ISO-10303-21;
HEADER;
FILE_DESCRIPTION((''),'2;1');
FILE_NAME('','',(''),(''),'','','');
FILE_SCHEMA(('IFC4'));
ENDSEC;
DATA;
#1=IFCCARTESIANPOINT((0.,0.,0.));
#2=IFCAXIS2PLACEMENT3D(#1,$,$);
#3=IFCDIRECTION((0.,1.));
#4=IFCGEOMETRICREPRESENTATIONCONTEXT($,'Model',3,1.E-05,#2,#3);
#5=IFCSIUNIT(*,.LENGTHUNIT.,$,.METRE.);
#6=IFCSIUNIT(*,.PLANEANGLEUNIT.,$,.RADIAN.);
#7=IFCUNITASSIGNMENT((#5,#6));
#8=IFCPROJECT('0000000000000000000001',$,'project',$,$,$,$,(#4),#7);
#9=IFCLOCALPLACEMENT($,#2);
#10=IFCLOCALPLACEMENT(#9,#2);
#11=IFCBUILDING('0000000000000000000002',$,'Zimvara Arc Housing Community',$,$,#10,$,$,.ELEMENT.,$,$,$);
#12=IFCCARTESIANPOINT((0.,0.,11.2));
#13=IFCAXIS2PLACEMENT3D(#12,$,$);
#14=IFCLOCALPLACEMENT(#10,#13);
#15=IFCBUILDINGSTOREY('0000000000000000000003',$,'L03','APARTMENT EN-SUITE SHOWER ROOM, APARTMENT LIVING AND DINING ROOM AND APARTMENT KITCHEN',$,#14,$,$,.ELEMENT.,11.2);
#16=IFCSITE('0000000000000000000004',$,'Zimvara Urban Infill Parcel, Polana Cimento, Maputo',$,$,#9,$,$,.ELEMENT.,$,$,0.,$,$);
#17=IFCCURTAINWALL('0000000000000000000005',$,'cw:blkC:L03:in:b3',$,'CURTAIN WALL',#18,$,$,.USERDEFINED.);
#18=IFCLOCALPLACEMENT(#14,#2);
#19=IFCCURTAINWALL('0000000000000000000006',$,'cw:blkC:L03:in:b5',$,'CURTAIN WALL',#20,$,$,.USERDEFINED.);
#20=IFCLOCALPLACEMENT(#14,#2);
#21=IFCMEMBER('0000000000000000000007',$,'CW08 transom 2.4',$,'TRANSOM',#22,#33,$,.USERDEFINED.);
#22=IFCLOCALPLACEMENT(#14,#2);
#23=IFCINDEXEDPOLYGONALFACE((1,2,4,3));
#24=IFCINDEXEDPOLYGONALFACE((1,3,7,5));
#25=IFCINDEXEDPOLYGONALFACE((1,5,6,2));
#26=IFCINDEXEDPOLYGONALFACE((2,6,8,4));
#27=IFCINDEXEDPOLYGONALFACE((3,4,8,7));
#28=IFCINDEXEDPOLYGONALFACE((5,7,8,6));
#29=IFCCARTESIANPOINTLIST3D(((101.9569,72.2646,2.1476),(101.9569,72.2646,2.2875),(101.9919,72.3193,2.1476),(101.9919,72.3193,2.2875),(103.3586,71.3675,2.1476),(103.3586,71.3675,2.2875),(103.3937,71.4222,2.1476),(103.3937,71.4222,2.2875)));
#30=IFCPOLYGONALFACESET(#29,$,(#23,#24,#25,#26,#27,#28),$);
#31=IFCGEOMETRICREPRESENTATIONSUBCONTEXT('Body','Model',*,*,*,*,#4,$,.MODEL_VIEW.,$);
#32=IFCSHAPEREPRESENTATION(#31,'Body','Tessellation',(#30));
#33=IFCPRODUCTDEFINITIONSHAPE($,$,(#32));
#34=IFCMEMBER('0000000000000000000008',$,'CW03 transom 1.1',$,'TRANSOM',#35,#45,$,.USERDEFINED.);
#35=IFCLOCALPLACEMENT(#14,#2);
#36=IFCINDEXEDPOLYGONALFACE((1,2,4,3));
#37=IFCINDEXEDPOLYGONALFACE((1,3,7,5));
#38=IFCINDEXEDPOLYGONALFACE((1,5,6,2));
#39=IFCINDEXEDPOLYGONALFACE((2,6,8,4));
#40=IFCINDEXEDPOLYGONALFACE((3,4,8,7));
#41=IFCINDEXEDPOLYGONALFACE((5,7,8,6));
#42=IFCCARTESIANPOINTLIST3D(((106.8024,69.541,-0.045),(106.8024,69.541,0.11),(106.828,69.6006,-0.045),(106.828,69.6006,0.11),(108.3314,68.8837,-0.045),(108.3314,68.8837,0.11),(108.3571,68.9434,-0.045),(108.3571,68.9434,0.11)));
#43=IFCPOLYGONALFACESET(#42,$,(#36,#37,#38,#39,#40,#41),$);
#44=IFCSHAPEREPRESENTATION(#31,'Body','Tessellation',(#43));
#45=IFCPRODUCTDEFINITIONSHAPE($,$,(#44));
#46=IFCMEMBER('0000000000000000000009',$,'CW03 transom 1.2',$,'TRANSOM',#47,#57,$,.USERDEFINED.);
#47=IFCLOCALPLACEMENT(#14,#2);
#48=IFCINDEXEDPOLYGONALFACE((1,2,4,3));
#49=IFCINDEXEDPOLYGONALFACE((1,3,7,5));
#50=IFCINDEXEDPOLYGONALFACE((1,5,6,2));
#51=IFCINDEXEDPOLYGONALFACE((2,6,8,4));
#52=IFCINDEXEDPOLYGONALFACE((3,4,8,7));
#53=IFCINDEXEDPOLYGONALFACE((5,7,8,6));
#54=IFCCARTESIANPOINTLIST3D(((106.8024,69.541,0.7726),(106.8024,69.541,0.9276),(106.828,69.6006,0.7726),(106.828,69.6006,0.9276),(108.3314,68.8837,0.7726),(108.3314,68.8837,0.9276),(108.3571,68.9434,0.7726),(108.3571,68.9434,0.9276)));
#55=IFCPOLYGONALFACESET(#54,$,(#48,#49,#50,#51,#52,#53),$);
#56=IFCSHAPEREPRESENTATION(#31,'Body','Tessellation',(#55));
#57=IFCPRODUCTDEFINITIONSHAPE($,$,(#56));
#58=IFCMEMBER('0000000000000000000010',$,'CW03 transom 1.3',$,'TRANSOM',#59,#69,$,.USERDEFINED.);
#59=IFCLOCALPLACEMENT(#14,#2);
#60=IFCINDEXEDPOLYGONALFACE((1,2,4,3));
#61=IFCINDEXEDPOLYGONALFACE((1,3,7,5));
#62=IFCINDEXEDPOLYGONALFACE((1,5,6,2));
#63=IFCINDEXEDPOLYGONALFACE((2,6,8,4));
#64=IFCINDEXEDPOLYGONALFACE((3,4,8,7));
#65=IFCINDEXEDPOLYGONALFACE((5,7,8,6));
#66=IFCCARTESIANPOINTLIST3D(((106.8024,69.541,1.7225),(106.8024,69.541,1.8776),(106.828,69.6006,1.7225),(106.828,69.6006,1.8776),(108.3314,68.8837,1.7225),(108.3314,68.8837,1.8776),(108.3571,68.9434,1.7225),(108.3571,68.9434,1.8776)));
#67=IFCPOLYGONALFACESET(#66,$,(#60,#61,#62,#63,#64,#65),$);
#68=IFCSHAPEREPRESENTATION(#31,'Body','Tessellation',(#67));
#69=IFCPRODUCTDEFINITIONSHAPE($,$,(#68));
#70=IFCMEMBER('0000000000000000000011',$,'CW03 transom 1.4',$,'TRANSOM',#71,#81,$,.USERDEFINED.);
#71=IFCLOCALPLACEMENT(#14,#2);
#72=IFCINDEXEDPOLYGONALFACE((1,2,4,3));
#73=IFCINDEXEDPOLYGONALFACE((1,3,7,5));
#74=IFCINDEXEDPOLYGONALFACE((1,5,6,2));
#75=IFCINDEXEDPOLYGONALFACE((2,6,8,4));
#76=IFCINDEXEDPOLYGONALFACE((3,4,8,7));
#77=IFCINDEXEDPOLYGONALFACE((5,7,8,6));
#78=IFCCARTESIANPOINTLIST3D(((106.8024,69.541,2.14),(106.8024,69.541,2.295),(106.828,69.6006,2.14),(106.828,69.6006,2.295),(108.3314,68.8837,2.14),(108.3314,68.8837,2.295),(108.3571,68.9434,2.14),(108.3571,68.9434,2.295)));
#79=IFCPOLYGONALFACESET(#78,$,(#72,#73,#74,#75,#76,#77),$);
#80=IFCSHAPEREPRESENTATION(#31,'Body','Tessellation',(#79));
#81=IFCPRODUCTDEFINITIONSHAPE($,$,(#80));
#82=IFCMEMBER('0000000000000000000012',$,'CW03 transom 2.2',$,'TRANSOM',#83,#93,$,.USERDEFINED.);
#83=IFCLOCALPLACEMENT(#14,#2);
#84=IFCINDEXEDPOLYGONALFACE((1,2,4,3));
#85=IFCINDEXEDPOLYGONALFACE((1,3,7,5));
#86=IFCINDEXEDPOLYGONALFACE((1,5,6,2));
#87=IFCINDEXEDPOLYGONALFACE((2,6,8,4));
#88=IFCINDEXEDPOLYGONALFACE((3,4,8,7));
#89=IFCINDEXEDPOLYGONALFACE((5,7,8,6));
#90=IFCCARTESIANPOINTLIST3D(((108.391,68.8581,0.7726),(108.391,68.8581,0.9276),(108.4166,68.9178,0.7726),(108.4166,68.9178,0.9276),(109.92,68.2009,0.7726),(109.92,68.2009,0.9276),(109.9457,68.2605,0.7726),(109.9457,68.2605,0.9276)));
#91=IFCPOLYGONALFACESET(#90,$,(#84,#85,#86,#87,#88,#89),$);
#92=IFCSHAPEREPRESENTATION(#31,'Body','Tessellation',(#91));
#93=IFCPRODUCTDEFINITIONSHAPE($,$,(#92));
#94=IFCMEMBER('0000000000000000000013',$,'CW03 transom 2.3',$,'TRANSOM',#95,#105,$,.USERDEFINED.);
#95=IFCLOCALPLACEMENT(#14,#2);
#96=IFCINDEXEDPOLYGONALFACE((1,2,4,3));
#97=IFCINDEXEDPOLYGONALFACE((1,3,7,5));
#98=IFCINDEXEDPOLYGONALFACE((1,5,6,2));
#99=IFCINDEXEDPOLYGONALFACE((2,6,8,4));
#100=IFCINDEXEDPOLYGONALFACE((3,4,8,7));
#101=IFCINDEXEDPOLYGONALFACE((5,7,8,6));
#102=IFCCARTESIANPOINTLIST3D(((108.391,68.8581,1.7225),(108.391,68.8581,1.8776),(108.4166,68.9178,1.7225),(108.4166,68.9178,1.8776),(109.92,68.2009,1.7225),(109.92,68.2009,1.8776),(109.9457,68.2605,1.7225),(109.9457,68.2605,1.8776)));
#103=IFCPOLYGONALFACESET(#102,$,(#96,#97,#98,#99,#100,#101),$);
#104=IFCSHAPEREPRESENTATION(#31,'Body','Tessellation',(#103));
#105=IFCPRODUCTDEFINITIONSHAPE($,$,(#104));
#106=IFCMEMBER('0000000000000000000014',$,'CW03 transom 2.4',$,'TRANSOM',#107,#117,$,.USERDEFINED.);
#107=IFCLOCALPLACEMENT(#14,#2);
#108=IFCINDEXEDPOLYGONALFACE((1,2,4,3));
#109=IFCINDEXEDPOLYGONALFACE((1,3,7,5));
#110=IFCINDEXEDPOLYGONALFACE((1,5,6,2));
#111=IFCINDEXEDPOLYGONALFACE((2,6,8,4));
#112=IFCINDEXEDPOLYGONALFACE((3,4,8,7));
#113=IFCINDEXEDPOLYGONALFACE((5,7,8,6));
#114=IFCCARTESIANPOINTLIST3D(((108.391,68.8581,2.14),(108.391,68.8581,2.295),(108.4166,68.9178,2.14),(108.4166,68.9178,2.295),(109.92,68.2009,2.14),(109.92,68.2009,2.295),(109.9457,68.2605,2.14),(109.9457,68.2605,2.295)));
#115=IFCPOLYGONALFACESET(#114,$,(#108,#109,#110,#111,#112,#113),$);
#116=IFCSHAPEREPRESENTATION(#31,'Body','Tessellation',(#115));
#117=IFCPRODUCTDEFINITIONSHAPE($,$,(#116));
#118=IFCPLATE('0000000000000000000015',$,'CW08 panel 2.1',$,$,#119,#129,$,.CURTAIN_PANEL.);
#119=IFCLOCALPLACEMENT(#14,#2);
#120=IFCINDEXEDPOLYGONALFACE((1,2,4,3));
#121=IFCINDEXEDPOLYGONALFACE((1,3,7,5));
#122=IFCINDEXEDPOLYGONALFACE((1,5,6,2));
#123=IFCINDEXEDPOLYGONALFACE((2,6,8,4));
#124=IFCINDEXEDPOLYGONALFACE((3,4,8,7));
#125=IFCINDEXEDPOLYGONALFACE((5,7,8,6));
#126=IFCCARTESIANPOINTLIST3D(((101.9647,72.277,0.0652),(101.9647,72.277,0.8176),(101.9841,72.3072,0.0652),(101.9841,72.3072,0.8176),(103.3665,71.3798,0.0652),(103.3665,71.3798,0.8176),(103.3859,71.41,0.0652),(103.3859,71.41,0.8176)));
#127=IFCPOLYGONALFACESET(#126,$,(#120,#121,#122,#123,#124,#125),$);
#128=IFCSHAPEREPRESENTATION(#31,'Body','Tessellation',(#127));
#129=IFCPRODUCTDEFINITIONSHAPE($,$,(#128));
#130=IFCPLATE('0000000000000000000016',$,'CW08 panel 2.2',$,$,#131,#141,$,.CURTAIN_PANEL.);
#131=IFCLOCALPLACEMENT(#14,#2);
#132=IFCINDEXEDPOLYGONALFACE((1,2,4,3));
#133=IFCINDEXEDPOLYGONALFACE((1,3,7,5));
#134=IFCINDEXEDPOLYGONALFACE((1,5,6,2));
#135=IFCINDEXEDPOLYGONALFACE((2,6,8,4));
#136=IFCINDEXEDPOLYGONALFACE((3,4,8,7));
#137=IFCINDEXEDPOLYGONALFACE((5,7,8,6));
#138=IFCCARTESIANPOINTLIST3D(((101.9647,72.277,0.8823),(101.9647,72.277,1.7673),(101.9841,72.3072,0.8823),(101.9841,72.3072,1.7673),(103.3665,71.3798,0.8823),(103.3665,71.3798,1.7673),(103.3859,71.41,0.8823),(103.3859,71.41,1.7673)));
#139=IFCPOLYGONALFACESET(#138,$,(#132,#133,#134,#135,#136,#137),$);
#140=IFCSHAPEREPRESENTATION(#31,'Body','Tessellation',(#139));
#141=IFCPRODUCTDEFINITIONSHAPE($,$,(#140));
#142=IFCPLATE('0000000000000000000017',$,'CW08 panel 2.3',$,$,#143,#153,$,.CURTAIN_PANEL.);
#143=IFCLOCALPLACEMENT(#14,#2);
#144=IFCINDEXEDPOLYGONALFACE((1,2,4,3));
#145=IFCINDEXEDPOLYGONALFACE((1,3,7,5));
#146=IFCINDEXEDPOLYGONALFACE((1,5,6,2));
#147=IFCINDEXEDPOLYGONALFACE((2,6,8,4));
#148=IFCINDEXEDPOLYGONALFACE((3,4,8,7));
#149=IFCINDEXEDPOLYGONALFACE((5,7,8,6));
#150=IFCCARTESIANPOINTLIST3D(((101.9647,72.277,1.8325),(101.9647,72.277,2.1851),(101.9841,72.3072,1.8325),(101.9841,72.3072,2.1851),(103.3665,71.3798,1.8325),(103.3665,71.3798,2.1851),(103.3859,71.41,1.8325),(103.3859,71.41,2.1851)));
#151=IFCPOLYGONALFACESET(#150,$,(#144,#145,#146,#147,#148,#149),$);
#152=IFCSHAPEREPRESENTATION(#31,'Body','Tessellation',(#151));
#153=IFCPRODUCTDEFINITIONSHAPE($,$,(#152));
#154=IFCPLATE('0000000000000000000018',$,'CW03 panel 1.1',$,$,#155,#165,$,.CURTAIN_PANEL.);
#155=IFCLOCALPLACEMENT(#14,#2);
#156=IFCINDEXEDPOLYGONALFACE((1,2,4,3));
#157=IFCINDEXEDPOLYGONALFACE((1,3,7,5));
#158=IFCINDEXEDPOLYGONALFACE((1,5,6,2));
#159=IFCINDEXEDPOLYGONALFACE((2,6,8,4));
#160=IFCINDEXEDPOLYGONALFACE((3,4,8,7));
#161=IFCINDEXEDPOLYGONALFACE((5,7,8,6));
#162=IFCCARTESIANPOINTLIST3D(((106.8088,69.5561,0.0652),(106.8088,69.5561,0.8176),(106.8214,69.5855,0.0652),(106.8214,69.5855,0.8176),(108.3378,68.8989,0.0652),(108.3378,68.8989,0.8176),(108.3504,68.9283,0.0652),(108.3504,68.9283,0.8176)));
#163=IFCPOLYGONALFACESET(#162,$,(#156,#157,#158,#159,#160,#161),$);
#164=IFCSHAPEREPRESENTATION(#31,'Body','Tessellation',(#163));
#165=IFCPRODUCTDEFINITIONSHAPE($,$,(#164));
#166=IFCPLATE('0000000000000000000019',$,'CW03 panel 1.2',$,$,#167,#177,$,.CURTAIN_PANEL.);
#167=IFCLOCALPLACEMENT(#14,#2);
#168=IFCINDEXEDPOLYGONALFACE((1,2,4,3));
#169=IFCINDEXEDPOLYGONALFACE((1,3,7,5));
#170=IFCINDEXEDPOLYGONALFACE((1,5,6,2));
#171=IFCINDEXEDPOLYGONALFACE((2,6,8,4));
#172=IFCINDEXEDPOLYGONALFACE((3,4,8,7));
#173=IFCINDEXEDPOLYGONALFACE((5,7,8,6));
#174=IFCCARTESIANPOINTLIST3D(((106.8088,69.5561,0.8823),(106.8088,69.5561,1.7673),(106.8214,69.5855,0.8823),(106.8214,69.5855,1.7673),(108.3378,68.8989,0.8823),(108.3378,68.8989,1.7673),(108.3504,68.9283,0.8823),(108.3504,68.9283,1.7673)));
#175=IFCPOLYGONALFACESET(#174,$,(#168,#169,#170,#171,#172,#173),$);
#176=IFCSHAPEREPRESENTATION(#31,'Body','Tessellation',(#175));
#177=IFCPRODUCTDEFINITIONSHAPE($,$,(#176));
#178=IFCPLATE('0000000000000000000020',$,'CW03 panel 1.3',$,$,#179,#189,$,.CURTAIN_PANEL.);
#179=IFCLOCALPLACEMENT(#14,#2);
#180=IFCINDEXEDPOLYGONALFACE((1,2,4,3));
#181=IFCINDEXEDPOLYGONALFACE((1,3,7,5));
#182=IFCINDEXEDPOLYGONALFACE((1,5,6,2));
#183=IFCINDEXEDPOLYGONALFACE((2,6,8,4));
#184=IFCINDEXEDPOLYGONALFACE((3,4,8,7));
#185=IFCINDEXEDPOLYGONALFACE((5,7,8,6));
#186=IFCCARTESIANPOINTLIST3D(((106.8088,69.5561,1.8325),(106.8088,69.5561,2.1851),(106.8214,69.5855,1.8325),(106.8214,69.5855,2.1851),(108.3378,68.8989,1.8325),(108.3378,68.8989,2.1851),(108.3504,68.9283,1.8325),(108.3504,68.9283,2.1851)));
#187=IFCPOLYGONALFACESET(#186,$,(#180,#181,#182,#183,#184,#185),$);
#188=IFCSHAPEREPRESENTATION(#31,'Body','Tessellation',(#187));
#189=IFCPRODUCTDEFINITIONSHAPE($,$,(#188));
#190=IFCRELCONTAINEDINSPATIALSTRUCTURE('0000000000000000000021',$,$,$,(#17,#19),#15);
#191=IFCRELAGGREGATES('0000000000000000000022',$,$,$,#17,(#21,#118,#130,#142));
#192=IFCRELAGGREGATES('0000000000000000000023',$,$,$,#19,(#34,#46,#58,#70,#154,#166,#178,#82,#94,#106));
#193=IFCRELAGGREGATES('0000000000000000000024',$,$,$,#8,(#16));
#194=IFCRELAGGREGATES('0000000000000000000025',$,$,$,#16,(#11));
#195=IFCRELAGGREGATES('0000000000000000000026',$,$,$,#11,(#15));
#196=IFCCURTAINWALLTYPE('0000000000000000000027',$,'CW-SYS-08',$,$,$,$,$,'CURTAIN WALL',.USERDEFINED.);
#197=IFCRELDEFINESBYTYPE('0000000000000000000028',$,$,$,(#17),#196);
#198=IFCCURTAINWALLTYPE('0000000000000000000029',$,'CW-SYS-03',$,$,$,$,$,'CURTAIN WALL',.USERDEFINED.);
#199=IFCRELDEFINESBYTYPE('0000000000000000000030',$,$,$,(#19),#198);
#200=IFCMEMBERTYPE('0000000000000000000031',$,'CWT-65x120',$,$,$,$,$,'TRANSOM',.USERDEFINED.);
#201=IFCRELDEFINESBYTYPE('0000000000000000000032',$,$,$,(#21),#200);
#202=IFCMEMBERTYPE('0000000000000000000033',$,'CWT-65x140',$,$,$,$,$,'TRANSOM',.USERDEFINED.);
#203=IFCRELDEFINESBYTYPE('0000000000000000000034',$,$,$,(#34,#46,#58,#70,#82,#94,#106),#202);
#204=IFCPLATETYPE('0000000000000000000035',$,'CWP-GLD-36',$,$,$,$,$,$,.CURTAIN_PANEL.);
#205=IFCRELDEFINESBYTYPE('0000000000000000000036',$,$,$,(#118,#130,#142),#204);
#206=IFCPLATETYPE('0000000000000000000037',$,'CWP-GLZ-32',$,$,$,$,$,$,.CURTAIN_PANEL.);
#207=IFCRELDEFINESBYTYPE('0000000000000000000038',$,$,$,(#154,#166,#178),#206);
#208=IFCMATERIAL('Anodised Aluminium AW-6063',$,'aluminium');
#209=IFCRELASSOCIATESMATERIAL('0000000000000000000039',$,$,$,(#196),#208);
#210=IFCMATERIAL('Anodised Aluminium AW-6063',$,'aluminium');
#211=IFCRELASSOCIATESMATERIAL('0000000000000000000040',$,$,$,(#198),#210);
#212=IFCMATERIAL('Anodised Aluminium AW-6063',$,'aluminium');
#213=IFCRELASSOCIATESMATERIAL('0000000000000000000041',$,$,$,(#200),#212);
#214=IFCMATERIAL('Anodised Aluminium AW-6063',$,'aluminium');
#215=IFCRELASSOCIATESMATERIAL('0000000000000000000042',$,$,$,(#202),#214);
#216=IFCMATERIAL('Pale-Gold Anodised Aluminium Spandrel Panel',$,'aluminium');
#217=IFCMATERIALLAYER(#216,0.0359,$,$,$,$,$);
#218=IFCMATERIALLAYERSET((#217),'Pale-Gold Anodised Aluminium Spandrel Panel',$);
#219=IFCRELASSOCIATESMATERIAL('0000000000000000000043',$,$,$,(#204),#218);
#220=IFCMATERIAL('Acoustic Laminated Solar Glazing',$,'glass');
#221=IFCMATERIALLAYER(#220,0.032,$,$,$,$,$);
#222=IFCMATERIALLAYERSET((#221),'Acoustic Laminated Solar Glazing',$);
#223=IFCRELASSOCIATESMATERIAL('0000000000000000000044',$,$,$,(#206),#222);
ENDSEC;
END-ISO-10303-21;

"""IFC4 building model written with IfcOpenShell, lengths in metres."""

from ifc_helpers import new_model, si_unit, direction, frame, origin, origin_2d, place, context, subcontext, project, spatial, rectangle, extrude, material, layer, layer_set, material_profile, profile_set, type_object, element, aggregate, save


model = new_model("IFC4")

# Units and contexts
model_context = context("Model", 3, precision=1e-05, world=origin(), true_north=direction((0.0, 1.0)))
body_context = subcontext(model_context, "Body", "Model", "MODEL_VIEW")
ifc_project = project(units=[si_unit("LENGTHUNIT", "METRE"), si_unit("PLANEANGLEUNIT", "RADIAN")], contexts=[model_context])

# Site, building, storey
site_placement = place(None, origin())
site = spatial("IfcSite", under=ifc_project, at=site_placement, Name="Zimvara Urban Infill Parcel, Polana Cimento, Maputo", CompositionType="ELEMENT", RefElevation=0.0)
building_placement = place(site_placement, origin())
building = spatial("IfcBuilding", under=site, at=building_placement, Name="Zimvara Arc Housing Community", CompositionType="ELEMENT")
storey_placement = place(building_placement, frame((0.0, 0.0, 11.2)))
storey = spatial("IfcBuildingStorey", under=building, at=storey_placement, Name="L03", Description="APARTMENT EN-SUITE SHOWER ROOM, APARTMENT LIVING AND DINING ROOM AND APARTMENT KITCHEN", CompositionType="ELEMENT", Elevation=11.2)

# Curtain walls
ifc_material_1 = material(Name="Anodised Aluminium AW-6063", Category="aluminium")
curtain_wall_type_1 = type_object("IfcCurtainWallType", Name="CW-SYS-08", ElementType="CURTAIN WALL", PredefinedType="USERDEFINED", material=ifc_material_1)
curtain_wall_1_placement = place(storey_placement, origin())
curtain_wall_1 = element("IfcCurtainWall", 1, at=curtain_wall_1_placement, inside=storey, type_object=curtain_wall_type_1, Name="cw:blkC:L03:in:b3", ObjectType="CURTAIN WALL", PredefinedType="USERDEFINED")
ifc_material_2 = material(Name="Anodised Aluminium AW-6063", Category="aluminium")
curtain_wall_type_2 = type_object("IfcCurtainWallType", Name="CW-SYS-03", ElementType="CURTAIN WALL", PredefinedType="USERDEFINED", material=ifc_material_2)
curtain_wall_2_placement = place(storey_placement, origin())
curtain_wall_2 = element("IfcCurtainWall", 2, at=curtain_wall_2_placement, inside=storey, type_object=curtain_wall_type_2, Name="cw:blkC:L03:in:b5", ObjectType="CURTAIN WALL", PredefinedType="USERDEFINED")

# Members
ifc_material_3 = material(Name="Anodised Aluminium AW-6063", Category="aluminium")
ifc_material_profile_1 = material_profile(ifc_material_3, rectangle(XDim=0.0649, YDim=0.1399, at=origin_2d()), Name="ALU 65x140")
ifc_profile_set_1 = profile_set([ifc_material_profile_1], Name="Anodised Aluminium AW-6063")
member_type_1 = type_object("IfcMemberType", Name="CWT-65x120", ElementType="TRANSOM", PredefinedType="USERDEFINED", material=ifc_profile_set_1)
member_1_placement = place(storey_placement, frame((101.9744, 72.292, 2.2175), z_axis=(0.842263, -0.539066, 0.0), x_axis=(0.539066, 0.842263, 0.0)))
member_1 = element("IfcMember", 3, at=member_1_placement, type_object=member_type_1, Name="CW08 transom 2.4", ObjectType="TRANSOM", PredefinedType="USERDEFINED", context=body_context, shape_type="SweptSolid", body=[
    extrude(rectangle(XDim=0.0649, YDim=0.1399, at=origin_2d()), origin(), (0.0, 0.0, 1.0), 1.6643),
])
ifc_material_4 = material(Name="Anodised Aluminium AW-6063", Category="aluminium")
ifc_material_profile_2 = material_profile(ifc_material_4, rectangle(XDim=0.0649, YDim=0.155, at=origin_2d()), Name="ALU 65x155")
ifc_profile_set_2 = profile_set([ifc_material_profile_2], Name="Anodised Aluminium AW-6063")
member_type_2 = type_object("IfcMemberType", Name="CWT-65x140", ElementType="TRANSOM", PredefinedType="USERDEFINED", material=ifc_profile_set_2)
member_2_placement = place(storey_placement, frame((106.8152, 69.5708, 0.0325), z_axis=(0.918727, -0.394893, 0.0), x_axis=(0.394893, 0.918727, 0.0)))
member_2 = element("IfcMember", 4, at=member_2_placement, type_object=member_type_2, Name="CW03 transom 1.1", ObjectType="TRANSOM", PredefinedType="USERDEFINED", context=body_context, shape_type="SweptSolid", body=[
    extrude(rectangle(XDim=0.0649, YDim=0.155, at=origin_2d()), origin(), (0.0, 0.0, 1.0), 1.6643),
])
member_3_placement = place(storey_placement, frame((106.8152, 69.5708, 0.8501), z_axis=(0.918727, -0.394893, 0.0), x_axis=(0.394893, 0.918727, 0.0)))
member_3 = element("IfcMember", 5, at=member_3_placement, type_object=member_type_2, Name="CW03 transom 1.2", ObjectType="TRANSOM", PredefinedType="USERDEFINED", context=body_context, shape_type="SweptSolid", body=[
    extrude(rectangle(XDim=0.0649, YDim=0.155, at=origin_2d()), origin(), (0.0, 0.0, 1.0), 1.6643),
])
member_4_placement = place(storey_placement, frame((106.8152, 69.5708, 1.8), z_axis=(0.918727, -0.394893, 0.0), x_axis=(0.394893, 0.918727, 0.0)))
member_4 = element("IfcMember", 6, at=member_4_placement, type_object=member_type_2, Name="CW03 transom 1.3", ObjectType="TRANSOM", PredefinedType="USERDEFINED", context=body_context, shape_type="SweptSolid", body=[
    extrude(rectangle(XDim=0.0649, YDim=0.155, at=origin_2d()), origin(), (0.0, 0.0, 1.0), 1.6643),
])
member_5_placement = place(storey_placement, frame((106.8152, 69.5708, 2.2175), z_axis=(0.918727, -0.394893, 0.0), x_axis=(0.394893, 0.918727, 0.0)))
member_5 = element("IfcMember", 7, at=member_5_placement, type_object=member_type_2, Name="CW03 transom 1.4", ObjectType="TRANSOM", PredefinedType="USERDEFINED", context=body_context, shape_type="SweptSolid", body=[
    extrude(rectangle(XDim=0.0649, YDim=0.155, at=origin_2d()), origin(), (0.0, 0.0, 1.0), 1.6643),
])
member_6_placement = place(storey_placement, frame((108.4038, 68.8879, 0.8501), z_axis=(0.918727, -0.394893, 0.0), x_axis=(0.394893, 0.918727, 0.0)))
member_6 = element("IfcMember", 8, at=member_6_placement, type_object=member_type_2, Name="CW03 transom 2.2", ObjectType="TRANSOM", PredefinedType="USERDEFINED", context=body_context, shape_type="SweptSolid", body=[
    extrude(rectangle(XDim=0.0649, YDim=0.155, at=origin_2d()), origin(), (0.0, 0.0, 1.0), 1.6643),
])
member_7_placement = place(storey_placement, frame((108.4038, 68.8879, 1.8), z_axis=(0.918727, -0.394893, 0.0), x_axis=(0.394893, 0.918727, 0.0)))
member_7 = element("IfcMember", 9, at=member_7_placement, type_object=member_type_2, Name="CW03 transom 2.3", ObjectType="TRANSOM", PredefinedType="USERDEFINED", context=body_context, shape_type="SweptSolid", body=[
    extrude(rectangle(XDim=0.0649, YDim=0.155, at=origin_2d()), origin(), (0.0, 0.0, 1.0), 1.6643),
])
member_8_placement = place(storey_placement, frame((108.4038, 68.8879, 2.2175), z_axis=(0.918727, -0.394893, 0.0), x_axis=(0.394893, 0.918727, 0.0)))
member_8 = element("IfcMember", 10, at=member_8_placement, type_object=member_type_2, Name="CW03 transom 2.4", ObjectType="TRANSOM", PredefinedType="USERDEFINED", context=body_context, shape_type="SweptSolid", body=[
    extrude(rectangle(XDim=0.0649, YDim=0.155, at=origin_2d()), origin(), (0.0, 0.0, 1.0), 1.6643),
])

# Plates
ifc_material_5 = material(Name="Pale-Gold Anodised Aluminium Spandrel Panel", Category="aluminium")
ifc_layer_1 = layer(ifc_material_5, 0.0359)
ifc_layer_set_1 = layer_set([ifc_layer_1], Name="Pale-Gold Anodised Aluminium Spandrel Panel")
plate_type_1 = type_object("IfcPlateType", Name="CWP-GLD-36", PredefinedType="CURTAIN_PANEL", material=ifc_layer_set_1)
plate_1_placement = place(storey_placement, frame((102.6753, 71.8435, 0.0652), z_axis=(0.0, 0.0, 1.0), x_axis=(0.842265, -0.539064, 0.0)))
plate_1 = element("IfcPlate", 11, at=plate_1_placement, type_object=plate_type_1, Name="CW08 panel 2.1", PredefinedType="CURTAIN_PANEL", context=body_context, shape_type="SweptSolid", body=[
    extrude(rectangle(XDim=1.6643, YDim=0.0359, at=origin_2d()), origin(), (0.0, 0.0, 1.0), 0.7524),
])
plate_2_placement = place(storey_placement, frame((102.6753, 71.8435, 0.8823), z_axis=(0.0, 0.0, 1.0), x_axis=(0.842265, -0.539064, 0.0)))
plate_2 = element("IfcPlate", 12, at=plate_2_placement, type_object=plate_type_1, Name="CW08 panel 2.2", PredefinedType="CURTAIN_PANEL", context=body_context, shape_type="SweptSolid", body=[
    extrude(rectangle(XDim=1.6643, YDim=0.0359, at=origin_2d()), origin(), (0.0, 0.0, 1.0), 0.885),
])
plate_3_placement = place(storey_placement, frame((102.6753, 71.8435, 1.8325), z_axis=(0.0, 0.0, 1.0), x_axis=(0.842265, -0.539064, 0.0)))
plate_3 = element("IfcPlate", 13, at=plate_3_placement, type_object=plate_type_1, Name="CW08 panel 2.3", PredefinedType="CURTAIN_PANEL", context=body_context, shape_type="SweptSolid", body=[
    extrude(rectangle(XDim=1.6643, YDim=0.0359, at=origin_2d()), origin(), (0.0, 0.0, 1.0), 0.3525),
])
aggregate(curtain_wall_1, [member_1, plate_1, plate_2, plate_3])
ifc_material_6 = material(Name="Acoustic Laminated Solar Glazing", Category="glass")
ifc_layer_2 = layer(ifc_material_6, 0.032)
ifc_layer_set_2 = layer_set([ifc_layer_2], Name="Acoustic Laminated Solar Glazing")
plate_type_2 = type_object("IfcPlateType", Name="CWP-GLZ-32", PredefinedType="CURTAIN_PANEL", material=ifc_layer_set_2)
plate_4_placement = place(storey_placement, frame((107.5796, 69.2422, 0.0652), z_axis=(0.0, 0.0, 1.0), x_axis=(0.918722, -0.394904, 0.0)))
plate_4 = element("IfcPlate", 14, at=plate_4_placement, type_object=plate_type_2, Name="CW03 panel 1.1", PredefinedType="CURTAIN_PANEL", context=body_context, shape_type="SweptSolid", body=[
    extrude(rectangle(XDim=1.6643, YDim=0.032, at=origin_2d()), origin(), (0.0, 0.0, 1.0), 0.7524),
])
plate_5_placement = place(storey_placement, frame((107.5796, 69.2422, 0.8823), z_axis=(0.0, 0.0, 1.0), x_axis=(0.918722, -0.394904, 0.0)))
plate_5 = element("IfcPlate", 15, at=plate_5_placement, type_object=plate_type_2, Name="CW03 panel 1.2", PredefinedType="CURTAIN_PANEL", context=body_context, shape_type="SweptSolid", body=[
    extrude(rectangle(XDim=1.6643, YDim=0.032, at=origin_2d()), origin(), (0.0, 0.0, 1.0), 0.885),
])
plate_6_placement = place(storey_placement, frame((107.5796, 69.2422, 1.8325), z_axis=(0.0, 0.0, 1.0), x_axis=(0.918722, -0.394904, 0.0)))
plate_6 = element("IfcPlate", 16, at=plate_6_placement, type_object=plate_type_2, Name="CW03 panel 1.3", PredefinedType="CURTAIN_PANEL", context=body_context, shape_type="SweptSolid", body=[
    extrude(rectangle(XDim=1.6643, YDim=0.032, at=origin_2d()), origin(), (0.0, 0.0, 1.0), 0.3525),
])
aggregate(curtain_wall_2, [member_2, member_3, member_4, member_5, plate_4, plate_5, plate_6, member_6, member_7, member_8])

save(model, "model.ifc")
